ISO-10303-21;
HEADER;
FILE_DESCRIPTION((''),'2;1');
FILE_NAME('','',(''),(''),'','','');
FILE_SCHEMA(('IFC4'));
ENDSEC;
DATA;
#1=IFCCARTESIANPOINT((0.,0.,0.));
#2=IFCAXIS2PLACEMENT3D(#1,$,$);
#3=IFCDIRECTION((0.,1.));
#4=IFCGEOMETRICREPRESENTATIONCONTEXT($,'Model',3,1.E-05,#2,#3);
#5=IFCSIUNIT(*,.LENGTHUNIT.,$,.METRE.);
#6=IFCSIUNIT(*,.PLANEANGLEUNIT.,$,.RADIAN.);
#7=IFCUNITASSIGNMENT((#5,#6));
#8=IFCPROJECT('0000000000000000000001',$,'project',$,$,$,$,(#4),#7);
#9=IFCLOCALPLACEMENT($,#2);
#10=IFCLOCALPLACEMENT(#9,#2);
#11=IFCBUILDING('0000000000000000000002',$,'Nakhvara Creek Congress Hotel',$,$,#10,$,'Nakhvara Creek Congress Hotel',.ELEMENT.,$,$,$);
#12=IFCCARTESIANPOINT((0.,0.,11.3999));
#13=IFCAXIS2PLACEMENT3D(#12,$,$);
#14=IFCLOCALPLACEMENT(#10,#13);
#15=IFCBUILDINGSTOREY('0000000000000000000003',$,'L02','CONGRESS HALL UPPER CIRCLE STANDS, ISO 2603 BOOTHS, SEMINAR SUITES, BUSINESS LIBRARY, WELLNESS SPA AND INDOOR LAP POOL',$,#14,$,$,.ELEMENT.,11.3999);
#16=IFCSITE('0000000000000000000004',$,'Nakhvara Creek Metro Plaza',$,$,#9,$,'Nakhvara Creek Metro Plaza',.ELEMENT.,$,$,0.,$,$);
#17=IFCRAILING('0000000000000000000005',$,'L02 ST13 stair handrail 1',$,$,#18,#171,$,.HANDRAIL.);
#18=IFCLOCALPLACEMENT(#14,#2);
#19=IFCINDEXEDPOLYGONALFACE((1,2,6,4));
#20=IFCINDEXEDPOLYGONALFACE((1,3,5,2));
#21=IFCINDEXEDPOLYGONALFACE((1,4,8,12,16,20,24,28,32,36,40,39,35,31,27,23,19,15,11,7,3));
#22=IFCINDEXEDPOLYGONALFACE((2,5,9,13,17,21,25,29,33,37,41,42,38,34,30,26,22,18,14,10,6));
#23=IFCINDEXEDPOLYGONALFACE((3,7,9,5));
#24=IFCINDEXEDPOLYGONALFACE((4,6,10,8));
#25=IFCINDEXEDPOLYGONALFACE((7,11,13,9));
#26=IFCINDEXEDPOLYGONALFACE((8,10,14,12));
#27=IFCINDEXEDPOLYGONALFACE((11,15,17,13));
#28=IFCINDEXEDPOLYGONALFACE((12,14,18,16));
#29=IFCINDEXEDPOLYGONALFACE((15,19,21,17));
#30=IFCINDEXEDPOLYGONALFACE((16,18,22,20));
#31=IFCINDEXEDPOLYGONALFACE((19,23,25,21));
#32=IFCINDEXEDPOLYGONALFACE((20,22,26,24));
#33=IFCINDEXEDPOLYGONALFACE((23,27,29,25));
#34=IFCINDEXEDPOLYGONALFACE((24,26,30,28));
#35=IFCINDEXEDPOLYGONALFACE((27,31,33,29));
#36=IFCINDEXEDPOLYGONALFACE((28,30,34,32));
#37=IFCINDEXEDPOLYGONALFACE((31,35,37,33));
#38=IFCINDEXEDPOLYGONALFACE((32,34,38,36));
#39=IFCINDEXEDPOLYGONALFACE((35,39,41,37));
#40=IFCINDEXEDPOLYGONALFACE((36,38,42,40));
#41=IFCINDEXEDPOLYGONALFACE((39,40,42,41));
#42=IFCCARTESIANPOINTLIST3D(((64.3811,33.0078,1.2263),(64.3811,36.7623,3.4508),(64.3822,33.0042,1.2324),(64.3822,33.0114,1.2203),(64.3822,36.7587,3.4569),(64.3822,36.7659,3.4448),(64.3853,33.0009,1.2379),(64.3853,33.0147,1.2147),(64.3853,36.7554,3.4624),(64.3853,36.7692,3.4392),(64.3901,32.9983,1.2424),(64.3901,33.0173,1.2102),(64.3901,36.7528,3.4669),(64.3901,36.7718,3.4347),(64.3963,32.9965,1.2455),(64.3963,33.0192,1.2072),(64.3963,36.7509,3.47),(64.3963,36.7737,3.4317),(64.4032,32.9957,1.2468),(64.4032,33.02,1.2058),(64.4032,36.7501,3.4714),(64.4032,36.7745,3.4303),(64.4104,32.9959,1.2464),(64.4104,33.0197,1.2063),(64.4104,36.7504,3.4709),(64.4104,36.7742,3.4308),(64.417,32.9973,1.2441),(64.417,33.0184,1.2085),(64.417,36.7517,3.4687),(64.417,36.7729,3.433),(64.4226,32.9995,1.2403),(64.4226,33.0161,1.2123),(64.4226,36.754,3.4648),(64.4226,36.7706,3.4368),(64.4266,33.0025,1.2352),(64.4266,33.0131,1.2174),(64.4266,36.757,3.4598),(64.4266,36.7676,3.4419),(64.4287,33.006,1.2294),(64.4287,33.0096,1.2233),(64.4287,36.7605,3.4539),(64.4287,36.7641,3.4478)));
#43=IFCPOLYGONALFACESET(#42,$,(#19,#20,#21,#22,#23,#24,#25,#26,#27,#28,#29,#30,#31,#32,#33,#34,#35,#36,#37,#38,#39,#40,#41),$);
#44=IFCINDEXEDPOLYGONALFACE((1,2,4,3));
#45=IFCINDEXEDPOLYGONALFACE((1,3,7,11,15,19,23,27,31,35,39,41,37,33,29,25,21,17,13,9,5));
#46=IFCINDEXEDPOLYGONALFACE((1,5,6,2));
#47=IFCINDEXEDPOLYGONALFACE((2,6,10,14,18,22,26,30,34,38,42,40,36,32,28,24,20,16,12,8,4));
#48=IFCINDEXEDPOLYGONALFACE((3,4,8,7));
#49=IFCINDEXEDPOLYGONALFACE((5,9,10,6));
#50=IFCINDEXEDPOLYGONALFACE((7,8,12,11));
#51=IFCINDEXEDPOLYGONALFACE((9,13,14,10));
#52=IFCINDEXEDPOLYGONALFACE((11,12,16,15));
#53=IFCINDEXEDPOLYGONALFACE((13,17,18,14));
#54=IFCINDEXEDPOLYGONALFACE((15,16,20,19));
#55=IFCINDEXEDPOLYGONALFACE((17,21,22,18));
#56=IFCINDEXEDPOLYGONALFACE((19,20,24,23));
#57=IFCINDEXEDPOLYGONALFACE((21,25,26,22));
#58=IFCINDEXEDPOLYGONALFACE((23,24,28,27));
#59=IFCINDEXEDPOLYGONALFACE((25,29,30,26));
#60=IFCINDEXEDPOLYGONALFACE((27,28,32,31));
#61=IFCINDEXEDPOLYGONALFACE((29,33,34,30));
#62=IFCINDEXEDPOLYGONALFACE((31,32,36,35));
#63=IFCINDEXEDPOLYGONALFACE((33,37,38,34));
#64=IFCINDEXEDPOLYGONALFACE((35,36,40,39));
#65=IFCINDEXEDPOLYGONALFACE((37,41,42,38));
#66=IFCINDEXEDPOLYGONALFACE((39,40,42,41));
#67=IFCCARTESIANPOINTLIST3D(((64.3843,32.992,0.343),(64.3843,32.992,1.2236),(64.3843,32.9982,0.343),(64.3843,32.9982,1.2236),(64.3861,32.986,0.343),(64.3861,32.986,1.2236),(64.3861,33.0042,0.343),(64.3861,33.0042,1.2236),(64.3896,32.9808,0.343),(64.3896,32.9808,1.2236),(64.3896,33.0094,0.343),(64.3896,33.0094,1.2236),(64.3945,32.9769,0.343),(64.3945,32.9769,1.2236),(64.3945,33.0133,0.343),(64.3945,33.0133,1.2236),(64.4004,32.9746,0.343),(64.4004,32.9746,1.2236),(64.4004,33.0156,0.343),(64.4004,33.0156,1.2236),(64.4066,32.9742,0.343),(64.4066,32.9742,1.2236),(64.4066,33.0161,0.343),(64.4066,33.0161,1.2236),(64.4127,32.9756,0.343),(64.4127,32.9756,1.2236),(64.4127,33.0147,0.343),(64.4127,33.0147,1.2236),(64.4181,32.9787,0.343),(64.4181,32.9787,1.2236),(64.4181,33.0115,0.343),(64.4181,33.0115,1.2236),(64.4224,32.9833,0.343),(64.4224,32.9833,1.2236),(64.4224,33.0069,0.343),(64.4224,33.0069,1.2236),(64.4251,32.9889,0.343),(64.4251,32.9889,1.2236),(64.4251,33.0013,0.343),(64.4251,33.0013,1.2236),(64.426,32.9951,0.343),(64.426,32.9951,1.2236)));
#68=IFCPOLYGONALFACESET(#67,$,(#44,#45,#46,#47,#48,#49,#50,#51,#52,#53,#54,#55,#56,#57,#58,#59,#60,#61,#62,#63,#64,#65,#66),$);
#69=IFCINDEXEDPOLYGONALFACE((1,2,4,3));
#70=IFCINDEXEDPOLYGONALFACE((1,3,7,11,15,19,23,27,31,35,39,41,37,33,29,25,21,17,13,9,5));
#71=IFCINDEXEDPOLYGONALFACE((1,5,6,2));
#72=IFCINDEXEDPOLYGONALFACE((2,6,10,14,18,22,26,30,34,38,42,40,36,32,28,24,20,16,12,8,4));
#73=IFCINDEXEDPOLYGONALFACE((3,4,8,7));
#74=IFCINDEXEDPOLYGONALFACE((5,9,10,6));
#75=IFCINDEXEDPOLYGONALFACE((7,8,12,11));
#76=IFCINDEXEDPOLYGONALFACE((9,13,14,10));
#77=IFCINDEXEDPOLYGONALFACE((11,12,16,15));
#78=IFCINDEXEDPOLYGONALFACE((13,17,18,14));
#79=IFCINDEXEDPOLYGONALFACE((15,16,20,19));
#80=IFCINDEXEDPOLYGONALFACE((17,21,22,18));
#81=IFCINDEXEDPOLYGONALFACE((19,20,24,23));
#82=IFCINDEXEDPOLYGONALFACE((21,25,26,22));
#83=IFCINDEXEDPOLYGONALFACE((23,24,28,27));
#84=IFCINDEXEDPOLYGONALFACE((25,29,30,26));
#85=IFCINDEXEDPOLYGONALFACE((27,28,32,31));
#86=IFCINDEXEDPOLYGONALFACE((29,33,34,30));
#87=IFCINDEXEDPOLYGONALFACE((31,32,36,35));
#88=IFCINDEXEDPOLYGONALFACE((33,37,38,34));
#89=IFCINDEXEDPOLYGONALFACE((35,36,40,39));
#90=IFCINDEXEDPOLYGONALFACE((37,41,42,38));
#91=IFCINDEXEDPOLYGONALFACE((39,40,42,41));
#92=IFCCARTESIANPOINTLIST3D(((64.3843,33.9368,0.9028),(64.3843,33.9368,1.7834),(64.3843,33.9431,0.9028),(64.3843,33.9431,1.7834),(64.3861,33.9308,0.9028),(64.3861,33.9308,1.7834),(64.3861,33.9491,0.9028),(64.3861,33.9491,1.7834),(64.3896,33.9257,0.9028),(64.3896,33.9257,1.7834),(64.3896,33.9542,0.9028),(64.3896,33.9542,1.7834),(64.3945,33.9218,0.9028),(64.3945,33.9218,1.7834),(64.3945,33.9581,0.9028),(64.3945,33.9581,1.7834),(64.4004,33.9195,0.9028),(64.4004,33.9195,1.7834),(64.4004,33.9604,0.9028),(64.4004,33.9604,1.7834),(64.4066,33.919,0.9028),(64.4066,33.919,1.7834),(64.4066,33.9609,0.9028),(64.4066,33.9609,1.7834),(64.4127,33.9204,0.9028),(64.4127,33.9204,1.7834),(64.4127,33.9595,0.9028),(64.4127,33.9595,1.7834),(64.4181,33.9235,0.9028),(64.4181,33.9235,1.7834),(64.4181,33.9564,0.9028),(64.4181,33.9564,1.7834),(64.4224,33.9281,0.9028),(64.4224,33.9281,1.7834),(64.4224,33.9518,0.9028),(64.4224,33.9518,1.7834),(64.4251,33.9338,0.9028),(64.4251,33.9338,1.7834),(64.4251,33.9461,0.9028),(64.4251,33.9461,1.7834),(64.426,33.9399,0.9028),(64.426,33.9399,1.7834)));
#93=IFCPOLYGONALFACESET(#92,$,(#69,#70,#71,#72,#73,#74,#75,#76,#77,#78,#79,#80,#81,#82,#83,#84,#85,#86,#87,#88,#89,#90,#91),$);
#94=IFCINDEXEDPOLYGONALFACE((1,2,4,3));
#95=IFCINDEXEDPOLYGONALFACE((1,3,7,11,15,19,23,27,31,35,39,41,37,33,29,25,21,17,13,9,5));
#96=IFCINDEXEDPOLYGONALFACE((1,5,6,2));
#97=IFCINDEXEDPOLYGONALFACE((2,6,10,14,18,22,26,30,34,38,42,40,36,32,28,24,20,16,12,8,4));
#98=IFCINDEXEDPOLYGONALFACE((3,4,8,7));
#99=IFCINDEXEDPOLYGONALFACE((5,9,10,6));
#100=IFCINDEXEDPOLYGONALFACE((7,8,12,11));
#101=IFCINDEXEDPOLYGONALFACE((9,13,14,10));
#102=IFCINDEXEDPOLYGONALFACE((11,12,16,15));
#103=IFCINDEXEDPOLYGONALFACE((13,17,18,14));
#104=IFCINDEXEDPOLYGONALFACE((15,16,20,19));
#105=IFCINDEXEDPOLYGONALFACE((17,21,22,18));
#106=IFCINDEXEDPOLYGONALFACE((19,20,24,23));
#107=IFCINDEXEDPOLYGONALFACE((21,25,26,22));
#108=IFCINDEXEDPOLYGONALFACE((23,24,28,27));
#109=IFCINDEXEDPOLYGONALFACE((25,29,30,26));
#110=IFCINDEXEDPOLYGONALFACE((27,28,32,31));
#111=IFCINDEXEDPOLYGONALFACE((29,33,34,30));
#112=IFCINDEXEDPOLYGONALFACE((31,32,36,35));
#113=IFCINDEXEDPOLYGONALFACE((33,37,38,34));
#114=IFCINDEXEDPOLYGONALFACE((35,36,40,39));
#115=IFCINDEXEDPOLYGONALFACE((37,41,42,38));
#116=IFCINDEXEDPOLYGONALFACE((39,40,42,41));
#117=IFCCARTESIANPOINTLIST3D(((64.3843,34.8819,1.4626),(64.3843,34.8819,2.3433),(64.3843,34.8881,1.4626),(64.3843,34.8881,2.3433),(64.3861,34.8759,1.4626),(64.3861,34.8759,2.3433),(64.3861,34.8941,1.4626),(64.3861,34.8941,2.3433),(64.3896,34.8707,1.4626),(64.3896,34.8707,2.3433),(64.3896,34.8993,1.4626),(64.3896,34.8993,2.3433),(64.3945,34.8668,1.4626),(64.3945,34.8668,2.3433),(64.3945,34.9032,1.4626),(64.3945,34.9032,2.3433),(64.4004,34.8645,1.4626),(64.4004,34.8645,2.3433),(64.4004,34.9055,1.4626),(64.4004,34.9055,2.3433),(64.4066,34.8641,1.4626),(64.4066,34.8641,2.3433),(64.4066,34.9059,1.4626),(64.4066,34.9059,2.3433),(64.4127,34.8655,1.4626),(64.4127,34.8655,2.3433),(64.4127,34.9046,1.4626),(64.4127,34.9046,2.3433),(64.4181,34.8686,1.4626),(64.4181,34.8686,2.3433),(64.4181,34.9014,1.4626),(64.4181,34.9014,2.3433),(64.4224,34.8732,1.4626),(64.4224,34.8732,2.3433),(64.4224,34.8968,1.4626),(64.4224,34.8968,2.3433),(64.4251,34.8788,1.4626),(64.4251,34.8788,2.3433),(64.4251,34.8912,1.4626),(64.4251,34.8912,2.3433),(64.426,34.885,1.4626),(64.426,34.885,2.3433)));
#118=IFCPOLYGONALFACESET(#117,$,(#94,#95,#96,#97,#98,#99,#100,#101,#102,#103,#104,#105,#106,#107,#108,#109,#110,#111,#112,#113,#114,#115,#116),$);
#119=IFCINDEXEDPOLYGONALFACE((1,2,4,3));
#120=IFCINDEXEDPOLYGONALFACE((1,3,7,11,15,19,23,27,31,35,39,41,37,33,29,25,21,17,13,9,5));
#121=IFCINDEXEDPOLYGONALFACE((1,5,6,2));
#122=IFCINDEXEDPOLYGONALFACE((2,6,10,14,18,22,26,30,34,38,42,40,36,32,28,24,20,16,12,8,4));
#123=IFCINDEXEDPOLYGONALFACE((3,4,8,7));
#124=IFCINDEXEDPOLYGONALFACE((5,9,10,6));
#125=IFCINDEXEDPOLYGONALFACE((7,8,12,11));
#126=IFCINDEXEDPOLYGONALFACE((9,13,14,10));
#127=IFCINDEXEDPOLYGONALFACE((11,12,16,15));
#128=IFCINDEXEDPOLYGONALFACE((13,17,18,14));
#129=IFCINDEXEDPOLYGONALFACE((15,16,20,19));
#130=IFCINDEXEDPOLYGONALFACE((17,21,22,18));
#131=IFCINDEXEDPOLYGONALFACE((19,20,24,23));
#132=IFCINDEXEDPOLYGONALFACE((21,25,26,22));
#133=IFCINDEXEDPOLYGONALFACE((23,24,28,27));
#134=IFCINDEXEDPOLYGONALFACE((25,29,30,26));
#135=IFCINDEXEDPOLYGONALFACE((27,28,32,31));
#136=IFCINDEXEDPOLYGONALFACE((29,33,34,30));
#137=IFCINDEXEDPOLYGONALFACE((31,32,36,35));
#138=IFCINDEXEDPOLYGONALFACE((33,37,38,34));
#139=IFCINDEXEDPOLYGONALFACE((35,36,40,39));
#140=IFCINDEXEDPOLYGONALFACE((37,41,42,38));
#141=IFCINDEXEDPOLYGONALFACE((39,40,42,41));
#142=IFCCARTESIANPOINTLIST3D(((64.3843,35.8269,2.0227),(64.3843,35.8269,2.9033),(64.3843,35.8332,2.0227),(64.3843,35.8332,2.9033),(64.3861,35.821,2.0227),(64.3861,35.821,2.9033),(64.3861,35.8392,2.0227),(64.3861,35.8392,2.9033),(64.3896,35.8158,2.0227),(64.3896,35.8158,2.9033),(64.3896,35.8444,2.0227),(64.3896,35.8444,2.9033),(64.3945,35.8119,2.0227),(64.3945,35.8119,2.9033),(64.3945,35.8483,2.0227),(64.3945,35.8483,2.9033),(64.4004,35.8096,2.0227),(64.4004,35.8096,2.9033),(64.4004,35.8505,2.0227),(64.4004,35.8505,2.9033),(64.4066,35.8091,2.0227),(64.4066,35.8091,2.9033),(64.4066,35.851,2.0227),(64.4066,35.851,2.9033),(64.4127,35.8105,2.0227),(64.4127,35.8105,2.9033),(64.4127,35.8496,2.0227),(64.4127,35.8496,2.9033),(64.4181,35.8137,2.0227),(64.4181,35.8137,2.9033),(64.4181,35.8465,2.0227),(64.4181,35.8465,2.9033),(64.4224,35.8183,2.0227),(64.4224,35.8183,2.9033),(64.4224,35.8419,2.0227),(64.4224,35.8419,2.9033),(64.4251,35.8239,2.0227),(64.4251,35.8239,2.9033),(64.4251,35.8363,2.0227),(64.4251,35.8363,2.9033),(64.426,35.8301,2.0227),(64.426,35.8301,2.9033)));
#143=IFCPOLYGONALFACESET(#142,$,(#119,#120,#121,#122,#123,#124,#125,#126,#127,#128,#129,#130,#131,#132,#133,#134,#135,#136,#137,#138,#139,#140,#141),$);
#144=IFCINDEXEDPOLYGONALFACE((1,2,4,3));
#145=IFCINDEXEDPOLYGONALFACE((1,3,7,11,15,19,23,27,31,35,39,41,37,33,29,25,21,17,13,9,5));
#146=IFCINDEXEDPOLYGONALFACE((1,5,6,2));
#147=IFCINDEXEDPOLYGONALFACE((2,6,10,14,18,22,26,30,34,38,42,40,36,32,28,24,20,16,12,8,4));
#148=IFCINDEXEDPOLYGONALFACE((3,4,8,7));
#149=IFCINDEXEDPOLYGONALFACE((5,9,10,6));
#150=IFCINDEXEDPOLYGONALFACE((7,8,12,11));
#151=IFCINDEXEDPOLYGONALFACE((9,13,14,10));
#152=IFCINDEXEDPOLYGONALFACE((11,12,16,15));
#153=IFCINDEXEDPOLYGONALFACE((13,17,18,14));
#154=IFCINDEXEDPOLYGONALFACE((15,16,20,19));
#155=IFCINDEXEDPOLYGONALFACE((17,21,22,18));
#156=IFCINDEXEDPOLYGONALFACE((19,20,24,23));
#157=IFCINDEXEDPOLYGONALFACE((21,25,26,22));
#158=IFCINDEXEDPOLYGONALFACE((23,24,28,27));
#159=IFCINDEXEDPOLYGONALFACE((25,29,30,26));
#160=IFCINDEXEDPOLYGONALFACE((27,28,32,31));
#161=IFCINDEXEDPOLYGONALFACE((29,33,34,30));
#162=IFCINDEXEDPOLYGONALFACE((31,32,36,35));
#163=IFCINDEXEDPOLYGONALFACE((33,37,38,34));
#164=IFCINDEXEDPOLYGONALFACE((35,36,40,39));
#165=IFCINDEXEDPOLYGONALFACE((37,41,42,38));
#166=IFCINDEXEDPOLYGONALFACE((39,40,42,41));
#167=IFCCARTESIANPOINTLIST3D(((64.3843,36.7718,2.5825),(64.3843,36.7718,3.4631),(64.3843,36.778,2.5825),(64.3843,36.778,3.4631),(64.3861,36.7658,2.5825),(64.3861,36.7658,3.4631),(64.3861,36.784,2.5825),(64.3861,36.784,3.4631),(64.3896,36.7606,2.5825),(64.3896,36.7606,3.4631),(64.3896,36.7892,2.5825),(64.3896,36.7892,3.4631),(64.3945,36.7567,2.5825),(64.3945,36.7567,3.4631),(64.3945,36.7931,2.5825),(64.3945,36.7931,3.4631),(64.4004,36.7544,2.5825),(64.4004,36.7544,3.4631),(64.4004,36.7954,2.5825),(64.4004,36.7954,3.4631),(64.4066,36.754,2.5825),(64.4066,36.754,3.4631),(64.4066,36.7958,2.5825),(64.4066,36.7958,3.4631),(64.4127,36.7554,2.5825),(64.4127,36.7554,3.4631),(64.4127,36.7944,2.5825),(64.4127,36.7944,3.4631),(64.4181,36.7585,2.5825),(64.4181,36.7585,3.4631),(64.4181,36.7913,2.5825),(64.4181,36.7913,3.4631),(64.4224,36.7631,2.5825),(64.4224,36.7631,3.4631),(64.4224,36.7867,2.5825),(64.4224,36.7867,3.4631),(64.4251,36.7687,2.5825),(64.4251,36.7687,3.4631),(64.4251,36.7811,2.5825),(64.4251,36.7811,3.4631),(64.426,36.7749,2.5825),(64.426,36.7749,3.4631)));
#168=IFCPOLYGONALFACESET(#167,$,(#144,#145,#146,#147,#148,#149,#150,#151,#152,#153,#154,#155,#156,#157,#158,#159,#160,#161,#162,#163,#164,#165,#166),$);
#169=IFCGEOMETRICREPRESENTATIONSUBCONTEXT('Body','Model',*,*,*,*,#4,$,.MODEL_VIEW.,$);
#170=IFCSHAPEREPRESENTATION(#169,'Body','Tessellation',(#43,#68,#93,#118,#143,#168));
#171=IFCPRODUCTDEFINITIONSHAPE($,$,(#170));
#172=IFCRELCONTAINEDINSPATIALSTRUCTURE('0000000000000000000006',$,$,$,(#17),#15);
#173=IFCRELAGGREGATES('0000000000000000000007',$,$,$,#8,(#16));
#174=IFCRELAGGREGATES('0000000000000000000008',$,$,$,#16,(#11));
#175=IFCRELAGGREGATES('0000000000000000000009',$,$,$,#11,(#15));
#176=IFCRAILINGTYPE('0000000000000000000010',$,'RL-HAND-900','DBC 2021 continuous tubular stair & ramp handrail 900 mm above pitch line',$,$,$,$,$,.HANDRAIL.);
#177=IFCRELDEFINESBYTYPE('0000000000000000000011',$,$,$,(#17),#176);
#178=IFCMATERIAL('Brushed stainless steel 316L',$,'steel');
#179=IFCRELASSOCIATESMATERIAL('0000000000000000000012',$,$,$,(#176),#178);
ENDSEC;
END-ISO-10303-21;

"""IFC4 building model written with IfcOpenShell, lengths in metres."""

from ifc_helpers import new_model, si_unit, direction, frame, origin, origin_2d, place, context, subcontext, project, spatial, circle, extrude, material, type_object, element, save


model = new_model("IFC4")

# Units and contexts
model_context = context("Model", 3, precision=1e-05, world=origin(), true_north=direction((0.0, 1.0)))
body_context = subcontext(model_context, "Body", "Model", "MODEL_VIEW")
ifc_project = project(units=[si_unit("LENGTHUNIT", "METRE"), si_unit("PLANEANGLEUNIT", "RADIAN")], contexts=[model_context])

# Site, building, storey
site_placement = place(None, origin())
site = spatial("IfcSite", under=ifc_project, at=site_placement, Name="Nakhvara Creek Metro Plaza", LongName="Nakhvara Creek Metro Plaza", CompositionType="ELEMENT", RefElevation=0.0)
building_placement = place(site_placement, origin())
building = spatial("IfcBuilding", under=site, at=building_placement, Name="Nakhvara Creek Congress Hotel", LongName="Nakhvara Creek Congress Hotel", CompositionType="ELEMENT")
storey_placement = place(building_placement, frame((0.0, 0.0, 11.3999)))
storey = spatial("IfcBuildingStorey", under=building, at=storey_placement, Name="L02", Description="CONGRESS HALL UPPER CIRCLE STANDS, ISO 2603 BOOTHS, SEMINAR SUITES, BUSINESS LIBRARY, WELLNESS SPA AND INDOOR LAP POOL", CompositionType="ELEMENT", Elevation=11.3999)

# Railing
ifc_material_1 = material(Name="Brushed stainless steel 316L", Category="steel")
railing_type_1 = type_object("IfcRailingType", Name="RL-HAND-900", Description="DBC 2021 continuous tubular stair & ramp handrail 900 mm above pitch line", PredefinedType="HANDRAIL", material=ifc_material_1)
railing_1_placement = place(storey_placement, frame((64.405, 32.9951, 0.343)))
element("IfcRailing", 1, at=railing_1_placement, inside=storey, type_object=railing_type_1, Name="L02 ST13 stair handrail 1", PredefinedType="HANDRAIL", context=body_context, shape_type="SweptSolid", body=[
    extrude(circle(Radius=0.0239, at=origin_2d()), frame((0.0, 0.0127, 0.8833), z_axis=(0.0, 0.860329, 0.50974), x_axis=(-1.0, 0.0, 0.0)), (0.0, 0.0, 1.0), 4.364),
    extrude(circle(Radius=0.021, at=origin_2d()), origin(), (0.0, 0.0, 1.0), 0.8806),
    extrude(circle(Radius=0.021, at=origin_2d()), frame((0.0, 0.9448, 0.5598)), (0.0, 0.0, 1.0), 0.8806),
    extrude(circle(Radius=0.021, at=origin_2d()), frame((0.0, 1.8899, 1.1196)), (0.0, 0.0, 1.0), 0.8806),
    extrude(circle(Radius=0.021, at=origin_2d()), frame((0.0, 2.835, 1.6797)), (0.0, 0.0, 1.0), 0.8806),
    extrude(circle(Radius=0.021, at=origin_2d()), frame((0.0, 3.7798, 2.2395)), (0.0, 0.0, 1.0), 0.8806),
])

save(model, "model.ifc")
